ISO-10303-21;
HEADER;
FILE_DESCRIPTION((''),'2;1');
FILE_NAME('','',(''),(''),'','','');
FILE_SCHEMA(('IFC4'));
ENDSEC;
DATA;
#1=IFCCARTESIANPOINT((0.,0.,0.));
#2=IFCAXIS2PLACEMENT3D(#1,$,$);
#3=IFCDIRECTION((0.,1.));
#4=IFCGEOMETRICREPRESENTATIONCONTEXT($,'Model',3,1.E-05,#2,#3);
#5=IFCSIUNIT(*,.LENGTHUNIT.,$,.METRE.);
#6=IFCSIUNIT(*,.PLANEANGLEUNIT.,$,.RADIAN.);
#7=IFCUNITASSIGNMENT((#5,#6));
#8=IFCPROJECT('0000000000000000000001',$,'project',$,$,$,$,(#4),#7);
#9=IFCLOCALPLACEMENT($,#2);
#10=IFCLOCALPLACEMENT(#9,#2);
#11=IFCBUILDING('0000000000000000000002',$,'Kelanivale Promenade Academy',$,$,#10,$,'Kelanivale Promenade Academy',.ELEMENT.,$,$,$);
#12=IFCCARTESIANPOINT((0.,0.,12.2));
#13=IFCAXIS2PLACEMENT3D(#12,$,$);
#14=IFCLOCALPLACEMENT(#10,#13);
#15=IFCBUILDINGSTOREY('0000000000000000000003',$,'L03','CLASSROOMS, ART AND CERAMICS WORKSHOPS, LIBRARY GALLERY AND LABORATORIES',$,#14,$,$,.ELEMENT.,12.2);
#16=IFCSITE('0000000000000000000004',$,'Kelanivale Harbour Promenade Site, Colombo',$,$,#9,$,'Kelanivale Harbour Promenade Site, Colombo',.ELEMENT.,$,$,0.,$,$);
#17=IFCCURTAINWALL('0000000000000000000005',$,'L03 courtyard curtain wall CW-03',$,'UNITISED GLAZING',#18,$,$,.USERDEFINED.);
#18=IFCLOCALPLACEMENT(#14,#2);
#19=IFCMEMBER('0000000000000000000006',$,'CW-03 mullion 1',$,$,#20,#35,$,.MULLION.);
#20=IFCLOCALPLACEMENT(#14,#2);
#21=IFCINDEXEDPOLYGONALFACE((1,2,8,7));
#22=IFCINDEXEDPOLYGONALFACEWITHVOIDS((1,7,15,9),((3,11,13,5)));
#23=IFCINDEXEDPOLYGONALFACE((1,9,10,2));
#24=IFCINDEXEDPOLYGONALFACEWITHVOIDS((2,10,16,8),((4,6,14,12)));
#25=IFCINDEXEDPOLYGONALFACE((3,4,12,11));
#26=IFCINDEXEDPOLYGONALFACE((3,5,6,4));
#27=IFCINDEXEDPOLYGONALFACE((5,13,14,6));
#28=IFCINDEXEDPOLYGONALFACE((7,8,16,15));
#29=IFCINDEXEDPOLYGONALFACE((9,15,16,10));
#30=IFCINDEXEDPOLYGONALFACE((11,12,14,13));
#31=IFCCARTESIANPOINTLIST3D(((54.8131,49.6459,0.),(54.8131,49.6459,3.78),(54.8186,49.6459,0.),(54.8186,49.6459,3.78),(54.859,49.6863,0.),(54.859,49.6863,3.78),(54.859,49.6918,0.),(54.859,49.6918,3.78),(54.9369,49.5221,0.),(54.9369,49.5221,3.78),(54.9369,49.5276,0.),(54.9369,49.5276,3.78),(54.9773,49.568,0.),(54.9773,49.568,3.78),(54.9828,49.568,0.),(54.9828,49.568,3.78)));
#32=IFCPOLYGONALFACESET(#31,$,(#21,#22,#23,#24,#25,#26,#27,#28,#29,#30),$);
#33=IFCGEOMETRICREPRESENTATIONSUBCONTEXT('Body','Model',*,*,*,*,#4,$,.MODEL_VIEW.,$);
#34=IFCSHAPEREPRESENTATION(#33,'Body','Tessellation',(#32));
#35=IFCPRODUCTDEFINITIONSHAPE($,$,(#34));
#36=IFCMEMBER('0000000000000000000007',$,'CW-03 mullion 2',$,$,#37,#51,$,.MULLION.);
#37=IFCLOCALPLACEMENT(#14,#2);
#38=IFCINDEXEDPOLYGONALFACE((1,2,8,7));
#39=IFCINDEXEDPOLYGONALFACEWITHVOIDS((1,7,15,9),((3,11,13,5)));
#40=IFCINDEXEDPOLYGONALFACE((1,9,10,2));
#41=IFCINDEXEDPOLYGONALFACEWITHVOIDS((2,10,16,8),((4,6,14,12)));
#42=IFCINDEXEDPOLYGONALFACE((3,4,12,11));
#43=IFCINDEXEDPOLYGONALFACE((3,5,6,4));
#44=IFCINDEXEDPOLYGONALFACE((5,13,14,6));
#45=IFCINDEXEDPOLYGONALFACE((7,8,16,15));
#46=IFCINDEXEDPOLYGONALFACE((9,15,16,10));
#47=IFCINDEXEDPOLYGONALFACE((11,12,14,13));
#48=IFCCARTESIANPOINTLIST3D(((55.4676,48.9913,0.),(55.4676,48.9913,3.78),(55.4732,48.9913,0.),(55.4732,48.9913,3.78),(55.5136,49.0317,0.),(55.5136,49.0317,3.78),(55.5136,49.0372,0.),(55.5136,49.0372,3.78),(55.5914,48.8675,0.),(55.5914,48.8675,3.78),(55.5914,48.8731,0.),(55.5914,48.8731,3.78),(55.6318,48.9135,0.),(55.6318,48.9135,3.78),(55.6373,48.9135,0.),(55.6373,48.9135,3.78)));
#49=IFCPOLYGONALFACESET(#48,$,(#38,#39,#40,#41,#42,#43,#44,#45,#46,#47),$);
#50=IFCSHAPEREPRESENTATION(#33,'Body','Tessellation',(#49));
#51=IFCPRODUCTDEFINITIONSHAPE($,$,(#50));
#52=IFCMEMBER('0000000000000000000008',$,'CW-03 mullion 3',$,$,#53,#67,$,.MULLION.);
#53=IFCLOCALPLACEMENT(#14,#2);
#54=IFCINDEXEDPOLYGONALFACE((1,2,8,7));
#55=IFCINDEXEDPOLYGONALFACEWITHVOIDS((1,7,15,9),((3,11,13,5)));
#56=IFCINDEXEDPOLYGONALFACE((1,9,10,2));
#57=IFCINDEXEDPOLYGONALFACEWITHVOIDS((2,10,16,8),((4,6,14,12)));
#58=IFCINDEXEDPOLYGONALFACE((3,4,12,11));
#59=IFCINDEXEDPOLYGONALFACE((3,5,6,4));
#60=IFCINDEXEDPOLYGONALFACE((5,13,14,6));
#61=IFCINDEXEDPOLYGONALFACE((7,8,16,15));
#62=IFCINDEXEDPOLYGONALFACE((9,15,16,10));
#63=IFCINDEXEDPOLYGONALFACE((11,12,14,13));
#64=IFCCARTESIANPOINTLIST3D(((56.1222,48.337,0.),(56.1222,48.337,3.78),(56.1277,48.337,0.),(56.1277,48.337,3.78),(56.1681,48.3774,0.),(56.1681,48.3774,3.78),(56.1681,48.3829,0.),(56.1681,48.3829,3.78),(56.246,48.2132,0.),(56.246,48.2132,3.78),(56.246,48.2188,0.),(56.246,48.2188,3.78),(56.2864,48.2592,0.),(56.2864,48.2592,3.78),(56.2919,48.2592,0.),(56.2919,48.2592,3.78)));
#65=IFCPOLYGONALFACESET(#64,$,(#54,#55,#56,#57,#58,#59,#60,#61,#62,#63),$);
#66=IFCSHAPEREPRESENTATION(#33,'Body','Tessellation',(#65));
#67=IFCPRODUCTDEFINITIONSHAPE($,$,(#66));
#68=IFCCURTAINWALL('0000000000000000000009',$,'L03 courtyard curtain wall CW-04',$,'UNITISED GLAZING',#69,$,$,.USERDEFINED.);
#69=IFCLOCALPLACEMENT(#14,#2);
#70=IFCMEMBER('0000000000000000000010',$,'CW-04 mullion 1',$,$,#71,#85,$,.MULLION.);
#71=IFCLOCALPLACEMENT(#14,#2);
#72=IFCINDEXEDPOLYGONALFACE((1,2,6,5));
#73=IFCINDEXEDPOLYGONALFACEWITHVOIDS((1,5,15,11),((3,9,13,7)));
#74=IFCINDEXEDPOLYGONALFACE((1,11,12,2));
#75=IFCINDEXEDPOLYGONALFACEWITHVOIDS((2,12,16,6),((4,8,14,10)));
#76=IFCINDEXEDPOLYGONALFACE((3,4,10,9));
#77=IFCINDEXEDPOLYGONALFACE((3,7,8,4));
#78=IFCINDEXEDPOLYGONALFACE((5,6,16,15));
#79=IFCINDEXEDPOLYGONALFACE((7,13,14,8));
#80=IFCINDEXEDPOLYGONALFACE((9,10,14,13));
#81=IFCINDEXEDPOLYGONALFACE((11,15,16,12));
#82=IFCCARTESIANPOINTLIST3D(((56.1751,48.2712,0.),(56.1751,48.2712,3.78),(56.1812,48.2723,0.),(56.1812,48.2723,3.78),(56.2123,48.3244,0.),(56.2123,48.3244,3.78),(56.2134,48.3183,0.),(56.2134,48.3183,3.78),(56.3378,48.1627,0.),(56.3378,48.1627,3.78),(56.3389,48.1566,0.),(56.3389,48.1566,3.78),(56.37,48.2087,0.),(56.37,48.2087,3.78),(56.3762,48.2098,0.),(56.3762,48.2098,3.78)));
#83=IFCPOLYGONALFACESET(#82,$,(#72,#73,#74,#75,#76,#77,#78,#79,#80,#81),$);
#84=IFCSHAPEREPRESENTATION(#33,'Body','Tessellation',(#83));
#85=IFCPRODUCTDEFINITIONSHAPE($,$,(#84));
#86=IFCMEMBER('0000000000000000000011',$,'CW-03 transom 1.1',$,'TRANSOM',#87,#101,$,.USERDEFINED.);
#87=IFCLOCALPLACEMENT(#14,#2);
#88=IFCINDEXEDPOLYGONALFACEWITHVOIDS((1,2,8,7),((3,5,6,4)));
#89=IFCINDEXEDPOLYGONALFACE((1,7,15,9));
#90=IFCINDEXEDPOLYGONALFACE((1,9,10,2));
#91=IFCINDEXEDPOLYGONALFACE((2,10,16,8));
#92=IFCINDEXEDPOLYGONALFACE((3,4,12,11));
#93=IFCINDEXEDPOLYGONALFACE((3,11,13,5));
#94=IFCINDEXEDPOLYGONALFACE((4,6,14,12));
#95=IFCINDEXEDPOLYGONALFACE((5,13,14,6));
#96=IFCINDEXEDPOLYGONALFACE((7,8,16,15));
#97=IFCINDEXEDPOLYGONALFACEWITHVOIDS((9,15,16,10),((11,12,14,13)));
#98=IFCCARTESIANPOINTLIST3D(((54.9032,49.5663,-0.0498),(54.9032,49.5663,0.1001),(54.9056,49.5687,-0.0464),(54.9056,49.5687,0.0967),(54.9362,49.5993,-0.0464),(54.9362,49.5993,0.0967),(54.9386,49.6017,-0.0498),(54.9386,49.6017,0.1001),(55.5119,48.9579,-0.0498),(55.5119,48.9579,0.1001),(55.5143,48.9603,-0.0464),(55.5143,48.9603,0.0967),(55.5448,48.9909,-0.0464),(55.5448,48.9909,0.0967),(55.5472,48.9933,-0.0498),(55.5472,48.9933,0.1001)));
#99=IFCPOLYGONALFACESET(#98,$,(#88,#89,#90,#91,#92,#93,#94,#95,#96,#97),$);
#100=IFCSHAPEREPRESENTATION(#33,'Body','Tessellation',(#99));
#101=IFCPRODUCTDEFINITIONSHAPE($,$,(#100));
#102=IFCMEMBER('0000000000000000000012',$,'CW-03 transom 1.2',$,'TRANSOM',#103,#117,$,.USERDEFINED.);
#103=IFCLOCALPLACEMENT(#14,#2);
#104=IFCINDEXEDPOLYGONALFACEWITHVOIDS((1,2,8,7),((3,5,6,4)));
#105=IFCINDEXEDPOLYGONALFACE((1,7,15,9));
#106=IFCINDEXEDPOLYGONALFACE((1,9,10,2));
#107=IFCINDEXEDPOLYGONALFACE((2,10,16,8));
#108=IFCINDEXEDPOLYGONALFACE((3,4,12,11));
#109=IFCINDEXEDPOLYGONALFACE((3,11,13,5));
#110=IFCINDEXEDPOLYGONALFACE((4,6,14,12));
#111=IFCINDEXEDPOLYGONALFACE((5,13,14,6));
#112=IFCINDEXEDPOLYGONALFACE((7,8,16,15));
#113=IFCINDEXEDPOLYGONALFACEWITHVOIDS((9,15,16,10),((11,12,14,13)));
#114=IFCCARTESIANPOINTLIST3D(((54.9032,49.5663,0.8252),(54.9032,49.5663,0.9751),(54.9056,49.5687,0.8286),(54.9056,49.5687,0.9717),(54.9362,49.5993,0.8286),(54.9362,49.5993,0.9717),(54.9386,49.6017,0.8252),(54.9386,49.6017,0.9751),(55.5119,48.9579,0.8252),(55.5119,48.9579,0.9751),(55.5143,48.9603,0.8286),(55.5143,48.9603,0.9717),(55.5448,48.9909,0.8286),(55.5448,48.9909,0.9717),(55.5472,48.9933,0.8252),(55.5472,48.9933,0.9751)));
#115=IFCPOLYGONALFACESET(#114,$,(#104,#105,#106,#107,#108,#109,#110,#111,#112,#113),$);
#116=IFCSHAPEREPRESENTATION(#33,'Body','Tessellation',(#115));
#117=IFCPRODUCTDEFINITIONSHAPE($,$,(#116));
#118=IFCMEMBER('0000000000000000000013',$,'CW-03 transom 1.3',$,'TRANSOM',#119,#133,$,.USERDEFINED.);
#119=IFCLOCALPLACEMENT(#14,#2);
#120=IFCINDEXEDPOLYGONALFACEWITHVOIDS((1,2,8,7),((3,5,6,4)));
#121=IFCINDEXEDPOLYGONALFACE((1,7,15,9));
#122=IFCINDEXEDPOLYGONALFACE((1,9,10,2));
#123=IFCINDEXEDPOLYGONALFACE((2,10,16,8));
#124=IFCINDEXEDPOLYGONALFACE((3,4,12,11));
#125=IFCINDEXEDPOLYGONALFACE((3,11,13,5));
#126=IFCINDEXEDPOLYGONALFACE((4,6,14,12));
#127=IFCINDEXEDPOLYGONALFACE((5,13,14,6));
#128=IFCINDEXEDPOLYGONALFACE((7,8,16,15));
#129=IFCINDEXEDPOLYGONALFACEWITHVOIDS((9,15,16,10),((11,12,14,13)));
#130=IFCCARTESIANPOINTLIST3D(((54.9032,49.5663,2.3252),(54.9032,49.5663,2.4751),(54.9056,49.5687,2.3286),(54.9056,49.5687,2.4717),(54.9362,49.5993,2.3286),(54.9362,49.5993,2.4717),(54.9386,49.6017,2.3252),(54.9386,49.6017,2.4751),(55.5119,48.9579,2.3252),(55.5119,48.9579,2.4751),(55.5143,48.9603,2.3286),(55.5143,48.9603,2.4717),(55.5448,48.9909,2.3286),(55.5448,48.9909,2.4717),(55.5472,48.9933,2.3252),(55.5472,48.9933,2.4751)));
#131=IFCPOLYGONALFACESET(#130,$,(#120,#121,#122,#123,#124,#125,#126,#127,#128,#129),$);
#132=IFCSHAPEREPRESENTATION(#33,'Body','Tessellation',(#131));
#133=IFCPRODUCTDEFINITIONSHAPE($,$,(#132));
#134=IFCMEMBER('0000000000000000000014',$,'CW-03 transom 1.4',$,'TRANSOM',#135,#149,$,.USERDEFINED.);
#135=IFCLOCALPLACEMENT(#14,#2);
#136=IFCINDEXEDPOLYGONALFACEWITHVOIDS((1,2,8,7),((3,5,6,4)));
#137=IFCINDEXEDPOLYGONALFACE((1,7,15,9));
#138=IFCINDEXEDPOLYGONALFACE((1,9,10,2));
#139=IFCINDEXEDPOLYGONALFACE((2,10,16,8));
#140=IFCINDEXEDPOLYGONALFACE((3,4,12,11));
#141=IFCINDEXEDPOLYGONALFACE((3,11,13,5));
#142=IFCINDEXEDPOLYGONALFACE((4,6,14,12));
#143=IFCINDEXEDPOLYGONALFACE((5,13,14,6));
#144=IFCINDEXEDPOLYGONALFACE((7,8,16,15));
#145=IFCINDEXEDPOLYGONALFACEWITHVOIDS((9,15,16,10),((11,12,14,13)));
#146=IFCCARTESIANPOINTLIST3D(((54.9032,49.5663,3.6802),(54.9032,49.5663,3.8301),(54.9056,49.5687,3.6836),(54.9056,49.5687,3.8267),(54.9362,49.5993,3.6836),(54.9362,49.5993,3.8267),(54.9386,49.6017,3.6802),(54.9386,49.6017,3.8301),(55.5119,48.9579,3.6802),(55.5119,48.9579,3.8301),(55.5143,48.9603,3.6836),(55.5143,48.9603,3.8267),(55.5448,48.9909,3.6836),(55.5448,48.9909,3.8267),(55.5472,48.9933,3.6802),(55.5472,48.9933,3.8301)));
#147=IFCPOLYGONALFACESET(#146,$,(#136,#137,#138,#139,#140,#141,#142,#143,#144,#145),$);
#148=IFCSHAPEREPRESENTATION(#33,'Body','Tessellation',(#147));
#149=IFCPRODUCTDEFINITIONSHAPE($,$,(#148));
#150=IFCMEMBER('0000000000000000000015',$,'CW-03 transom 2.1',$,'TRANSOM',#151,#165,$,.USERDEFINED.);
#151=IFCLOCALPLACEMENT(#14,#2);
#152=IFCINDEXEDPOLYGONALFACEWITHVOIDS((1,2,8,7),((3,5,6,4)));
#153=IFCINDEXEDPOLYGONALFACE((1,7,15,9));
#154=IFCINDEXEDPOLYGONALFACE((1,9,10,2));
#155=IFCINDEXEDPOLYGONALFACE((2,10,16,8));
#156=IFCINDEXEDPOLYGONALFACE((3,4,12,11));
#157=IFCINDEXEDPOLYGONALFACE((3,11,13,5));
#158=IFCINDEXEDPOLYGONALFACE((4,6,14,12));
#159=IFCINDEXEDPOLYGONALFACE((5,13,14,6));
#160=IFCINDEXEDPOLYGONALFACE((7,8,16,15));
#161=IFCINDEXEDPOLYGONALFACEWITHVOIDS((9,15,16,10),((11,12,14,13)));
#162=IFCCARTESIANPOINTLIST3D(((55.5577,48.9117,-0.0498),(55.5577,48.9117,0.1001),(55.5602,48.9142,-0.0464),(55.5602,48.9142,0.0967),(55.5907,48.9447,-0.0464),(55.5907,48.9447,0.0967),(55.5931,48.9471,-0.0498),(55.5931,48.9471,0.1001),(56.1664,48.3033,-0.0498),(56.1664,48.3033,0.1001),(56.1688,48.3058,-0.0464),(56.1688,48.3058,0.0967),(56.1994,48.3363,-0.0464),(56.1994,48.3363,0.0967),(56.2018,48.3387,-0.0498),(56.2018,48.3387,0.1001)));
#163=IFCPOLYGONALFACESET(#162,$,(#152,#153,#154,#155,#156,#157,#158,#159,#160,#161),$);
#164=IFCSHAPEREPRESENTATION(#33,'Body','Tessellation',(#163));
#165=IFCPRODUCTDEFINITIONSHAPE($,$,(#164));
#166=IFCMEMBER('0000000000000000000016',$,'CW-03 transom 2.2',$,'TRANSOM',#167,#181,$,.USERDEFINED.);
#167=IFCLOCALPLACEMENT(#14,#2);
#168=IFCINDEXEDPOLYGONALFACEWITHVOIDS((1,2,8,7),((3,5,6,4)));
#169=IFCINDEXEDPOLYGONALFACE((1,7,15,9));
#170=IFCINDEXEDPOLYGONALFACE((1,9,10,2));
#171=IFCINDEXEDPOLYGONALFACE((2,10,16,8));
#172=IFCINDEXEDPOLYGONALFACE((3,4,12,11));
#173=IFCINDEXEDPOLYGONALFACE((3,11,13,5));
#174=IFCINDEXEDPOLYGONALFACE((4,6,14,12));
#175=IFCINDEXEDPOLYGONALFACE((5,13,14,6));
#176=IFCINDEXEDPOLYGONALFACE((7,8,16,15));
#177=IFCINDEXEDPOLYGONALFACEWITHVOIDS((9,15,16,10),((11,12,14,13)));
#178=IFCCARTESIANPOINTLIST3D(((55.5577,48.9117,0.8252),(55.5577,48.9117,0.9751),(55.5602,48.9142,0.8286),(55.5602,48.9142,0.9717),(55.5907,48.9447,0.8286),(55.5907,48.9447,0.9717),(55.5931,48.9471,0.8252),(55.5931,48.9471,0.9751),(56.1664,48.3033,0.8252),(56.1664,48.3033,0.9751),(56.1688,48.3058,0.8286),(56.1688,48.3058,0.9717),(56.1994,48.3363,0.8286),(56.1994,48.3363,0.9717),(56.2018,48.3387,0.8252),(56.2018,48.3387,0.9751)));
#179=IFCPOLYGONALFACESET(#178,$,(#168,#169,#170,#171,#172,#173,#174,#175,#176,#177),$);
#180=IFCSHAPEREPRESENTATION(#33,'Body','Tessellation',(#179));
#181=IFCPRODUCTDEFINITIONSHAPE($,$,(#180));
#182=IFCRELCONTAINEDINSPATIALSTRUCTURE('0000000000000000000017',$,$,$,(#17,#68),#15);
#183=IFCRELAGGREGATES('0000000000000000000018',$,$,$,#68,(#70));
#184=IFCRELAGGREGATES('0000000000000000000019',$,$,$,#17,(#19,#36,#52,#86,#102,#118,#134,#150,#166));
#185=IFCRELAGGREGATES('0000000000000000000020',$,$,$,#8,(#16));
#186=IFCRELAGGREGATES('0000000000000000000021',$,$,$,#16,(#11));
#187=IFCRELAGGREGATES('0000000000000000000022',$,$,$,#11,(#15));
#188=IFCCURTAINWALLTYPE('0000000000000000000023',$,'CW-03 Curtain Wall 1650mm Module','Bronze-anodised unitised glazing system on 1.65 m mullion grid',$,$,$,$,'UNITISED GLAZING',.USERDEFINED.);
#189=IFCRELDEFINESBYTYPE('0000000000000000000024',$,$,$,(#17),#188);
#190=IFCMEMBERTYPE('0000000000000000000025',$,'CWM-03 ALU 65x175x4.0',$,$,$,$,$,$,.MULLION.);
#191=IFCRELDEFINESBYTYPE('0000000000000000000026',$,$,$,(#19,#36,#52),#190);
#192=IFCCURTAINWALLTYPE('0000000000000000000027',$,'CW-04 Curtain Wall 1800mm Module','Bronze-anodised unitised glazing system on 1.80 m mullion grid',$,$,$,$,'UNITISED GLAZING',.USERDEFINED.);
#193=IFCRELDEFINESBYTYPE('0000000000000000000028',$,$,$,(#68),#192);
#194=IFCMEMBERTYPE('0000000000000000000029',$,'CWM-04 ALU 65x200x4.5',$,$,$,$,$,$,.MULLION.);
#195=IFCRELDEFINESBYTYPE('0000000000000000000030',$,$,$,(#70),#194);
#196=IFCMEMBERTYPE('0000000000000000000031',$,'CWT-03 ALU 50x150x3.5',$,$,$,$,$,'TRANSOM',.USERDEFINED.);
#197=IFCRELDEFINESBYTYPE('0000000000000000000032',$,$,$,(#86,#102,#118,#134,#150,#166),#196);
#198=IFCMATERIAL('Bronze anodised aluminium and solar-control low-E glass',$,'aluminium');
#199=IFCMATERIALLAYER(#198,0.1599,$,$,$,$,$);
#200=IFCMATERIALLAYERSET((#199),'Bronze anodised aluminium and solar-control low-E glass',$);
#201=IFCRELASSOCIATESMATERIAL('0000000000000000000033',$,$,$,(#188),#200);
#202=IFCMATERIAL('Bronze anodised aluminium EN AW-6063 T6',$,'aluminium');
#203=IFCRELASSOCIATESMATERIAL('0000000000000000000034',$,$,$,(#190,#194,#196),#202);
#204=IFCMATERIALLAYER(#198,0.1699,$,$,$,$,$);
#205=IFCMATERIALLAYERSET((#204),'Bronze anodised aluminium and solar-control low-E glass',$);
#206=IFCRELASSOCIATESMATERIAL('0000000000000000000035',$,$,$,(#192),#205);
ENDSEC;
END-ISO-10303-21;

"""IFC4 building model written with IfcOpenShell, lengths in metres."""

from ifc_helpers import new_model, si_unit, direction, frame, origin, origin_2d, place, context, subcontext, project, spatial, hollow_rectangle, extrude, material, layer, layer_set, material_profile, profile_set, type_object, element, aggregate, save


model = new_model("IFC4")

# Units and contexts
model_context = context("Model", 3, precision=1e-05, world=origin(), true_north=direction((0.0, 1.0)))
body_context = subcontext(model_context, "Body", "Model", "MODEL_VIEW")
ifc_project = project(units=[si_unit("LENGTHUNIT", "METRE"), si_unit("PLANEANGLEUNIT", "RADIAN")], contexts=[model_context])

# Site, building, storey
site_placement = place(None, origin())
site = spatial("IfcSite", under=ifc_project, at=site_placement, Name="Kelanivale Harbour Promenade Site, Colombo", LongName="Kelanivale Harbour Promenade Site, Colombo", CompositionType="ELEMENT", RefElevation=0.0)
building_placement = place(site_placement, origin())
building = spatial("IfcBuilding", under=site, at=building_placement, Name="Kelanivale Promenade Academy", LongName="Kelanivale Promenade Academy", CompositionType="ELEMENT")
storey_placement = place(building_placement, frame((0.0, 0.0, 12.2)))
storey = spatial("IfcBuildingStorey", under=building, at=storey_placement, Name="L03", Description="CLASSROOMS, ART AND CERAMICS WORKSHOPS, LIBRARY GALLERY AND LABORATORIES", CompositionType="ELEMENT", Elevation=12.2)

# Curtain wall, members
ifc_material_1 = material(Name="Bronze anodised aluminium and solar-control low-E glass", Category="aluminium")
ifc_layer_1 = layer(ifc_material_1, 0.1599)
ifc_layer_set_1 = layer_set([ifc_layer_1], Name="Bronze anodised aluminium and solar-control low-E glass")
curtain_wall_type_1 = type_object("IfcCurtainWallType", Name="CW-03 Curtain Wall 1650mm Module", Description="Bronze-anodised unitised glazing system on 1.65 m mullion grid", ElementType="UNITISED GLAZING", PredefinedType="USERDEFINED", material=ifc_layer_set_1)
curtain_wall_1_placement = place(storey_placement, origin())
curtain_wall_1 = element("IfcCurtainWall", 1, at=curtain_wall_1_placement, inside=storey, type_object=curtain_wall_type_1, Name="L03 courtyard curtain wall CW-03", ObjectType="UNITISED GLAZING", PredefinedType="USERDEFINED")
ifc_material_2 = material(Name="Bronze anodised aluminium EN AW-6063 T6", Category="aluminium")
ifc_material_profile_1 = material_profile(ifc_material_2, hollow_rectangle(XDim=0.0649, YDim=0.175, WallThickness=0.0039, at=origin_2d()), Name="ALU 65x175x4.0")
ifc_profile_set_1 = profile_set([ifc_material_profile_1], Name="Bronze anodised aluminium EN AW-6063 T6")
member_type_1 = type_object("IfcMemberType", Name="CWM-03 ALU 65x175x4.0", PredefinedType="MULLION", material=ifc_profile_set_1)
member_1_placement = place(storey_placement, frame((54.8979, 49.6069, 0.0), z_axis=(0.0, 0.0, 1.0), x_axis=(0.707107, 0.707107, 0.0)))
member_1 = element("IfcMember", 2, at=member_1_placement, type_object=member_type_1, Name="CW-03 mullion 1", PredefinedType="MULLION", context=body_context, shape_type="SweptSolid", body=[
    extrude(hollow_rectangle(XDim=0.0649, YDim=0.175, WallThickness=0.0039, at=origin_2d()), origin(), (0.0, 0.0, 1.0), 3.78),
])
member_2_placement = place(storey_placement, frame((55.5525, 48.9524, 0.0), z_axis=(0.0, 0.0, 1.0), x_axis=(0.707107, 0.707107, 0.0)))
member_2 = element("IfcMember", 3, at=member_2_placement, type_object=member_type_1, Name="CW-03 mullion 2", PredefinedType="MULLION", context=body_context, shape_type="SweptSolid", body=[
    extrude(hollow_rectangle(XDim=0.0649, YDim=0.175, WallThickness=0.0039, at=origin_2d()), origin(), (0.0, 0.0, 1.0), 3.78),
])
member_3_placement = place(storey_placement, frame((56.207, 48.2981, 0.0), z_axis=(0.0, 0.0, 1.0), x_axis=(0.707107, 0.707107, 0.0)))
member_3 = element("IfcMember", 4, at=member_3_placement, type_object=member_type_1, Name="CW-03 mullion 3", PredefinedType="MULLION", context=body_context, shape_type="SweptSolid", body=[
    extrude(hollow_rectangle(XDim=0.0649, YDim=0.175, WallThickness=0.0039, at=origin_2d()), origin(), (0.0, 0.0, 1.0), 3.78),
])

# Curtain wall, member
ifc_layer_2 = layer(ifc_material_1, 0.1699)
ifc_layer_set_2 = layer_set([ifc_layer_2], Name="Bronze anodised aluminium and solar-control low-E glass")
curtain_wall_type_2 = type_object("IfcCurtainWallType", Name="CW-04 Curtain Wall 1800mm Module", Description="Bronze-anodised unitised glazing system on 1.80 m mullion grid", ElementType="UNITISED GLAZING", PredefinedType="USERDEFINED", material=ifc_layer_set_2)
curtain_wall_2_placement = place(storey_placement, origin())
curtain_wall_2 = element("IfcCurtainWall", 5, at=curtain_wall_2_placement, inside=storey, type_object=curtain_wall_type_2, Name="L03 courtyard curtain wall CW-04", ObjectType="UNITISED GLAZING", PredefinedType="USERDEFINED")
ifc_material_profile_2 = material_profile(ifc_material_2, hollow_rectangle(XDim=0.0649, YDim=0.2, WallThickness=0.0044, at=origin_2d()), Name="ALU 65x200x4.5")
ifc_profile_set_2 = profile_set([ifc_material_profile_2], Name="Bronze anodised aluminium EN AW-6063 T6")
member_type_2 = type_object("IfcMemberType", Name="CWM-04 ALU 65x200x4.5", PredefinedType="MULLION", material=ifc_profile_set_2)
member_4_placement = place(storey_placement, frame((56.2756, 48.2405, 0.0), z_axis=(0.0, 0.0, 1.0), x_axis=(0.573357, 0.819306, 0.0)))
member_4 = element("IfcMember", 6, at=member_4_placement, type_object=member_type_2, Name="CW-04 mullion 1", PredefinedType="MULLION", context=body_context, shape_type="SweptSolid", body=[
    extrude(hollow_rectangle(XDim=0.0649, YDim=0.2, WallThickness=0.0044, at=origin_2d()), origin(), (0.0, 0.0, 1.0), 3.78),
])

# Members
ifc_material_profile_3 = material_profile(ifc_material_2, hollow_rectangle(XDim=0.05, YDim=0.1499, WallThickness=0.0034, at=origin_2d()), Name="ALU 50x150x3.5")
ifc_profile_set_3 = profile_set([ifc_material_profile_3], Name="Bronze anodised aluminium EN AW-6063 T6")
member_type_3 = type_object("IfcMemberType", Name="CWT-03 ALU 50x150x3.5", ElementType="TRANSOM", PredefinedType="USERDEFINED", material=ifc_profile_set_3)
member_5_placement = place(storey_placement, frame((54.9209, 49.584, 0.0251), z_axis=(0.707249, -0.706965, 0.0), x_axis=(0.706965, 0.707249, 0.0)))
member_5 = element("IfcMember", 7, at=member_5_placement, type_object=member_type_3, Name="CW-03 transom 1.1", ObjectType="TRANSOM", PredefinedType="USERDEFINED", context=body_context, shape_type="SweptSolid", body=[
    extrude(hollow_rectangle(XDim=0.05, YDim=0.1499, WallThickness=0.0034, at=origin_2d()), origin(), (0.0, 0.0, 1.0), 0.8606),
])
member_6_placement = place(storey_placement, frame((54.9209, 49.584, 0.9001), z_axis=(0.707249, -0.706965, 0.0), x_axis=(0.706965, 0.707249, 0.0)))
member_6 = element("IfcMember", 8, at=member_6_placement, type_object=member_type_3, Name="CW-03 transom 1.2", ObjectType="TRANSOM", PredefinedType="USERDEFINED", context=body_context, shape_type="SweptSolid", body=[
    extrude(hollow_rectangle(XDim=0.05, YDim=0.1499, WallThickness=0.0034, at=origin_2d()), origin(), (0.0, 0.0, 1.0), 0.8606),
])
member_7_placement = place(storey_placement, frame((54.9209, 49.584, 2.4001), z_axis=(0.707249, -0.706965, 0.0), x_axis=(0.706965, 0.707249, 0.0)))
member_7 = element("IfcMember", 9, at=member_7_placement, type_object=member_type_3, Name="CW-03 transom 1.3", ObjectType="TRANSOM", PredefinedType="USERDEFINED", context=body_context, shape_type="SweptSolid", body=[
    extrude(hollow_rectangle(XDim=0.05, YDim=0.1499, WallThickness=0.0034, at=origin_2d()), origin(), (0.0, 0.0, 1.0), 0.8606),
])
member_8_placement = place(storey_placement, frame((54.9209, 49.584, 3.7551), z_axis=(0.707249, -0.706965, 0.0), x_axis=(0.706965, 0.707249, 0.0)))
member_8 = element("IfcMember", 10, at=member_8_placement, type_object=member_type_3, Name="CW-03 transom 1.4", ObjectType="TRANSOM", PredefinedType="USERDEFINED", context=body_context, shape_type="SweptSolid", body=[
    extrude(hollow_rectangle(XDim=0.05, YDim=0.1499, WallThickness=0.0034, at=origin_2d()), origin(), (0.0, 0.0, 1.0), 0.8606),
])
member_9_placement = place(storey_placement, frame((55.5754, 48.9294, 0.0251), z_axis=(0.707249, -0.706965, 0.0), x_axis=(0.706965, 0.707249, 0.0)))
member_9 = element("IfcMember", 11, at=member_9_placement, type_object=member_type_3, Name="CW-03 transom 2.1", ObjectType="TRANSOM", PredefinedType="USERDEFINED", context=body_context, shape_type="SweptSolid", body=[
    extrude(hollow_rectangle(XDim=0.05, YDim=0.1499, WallThickness=0.0034, at=origin_2d()), origin(), (0.0, 0.0, 1.0), 0.8606),
])
member_10_placement = place(storey_placement, frame((55.5754, 48.9294, 0.9001), z_axis=(0.707249, -0.706965, 0.0), x_axis=(0.706965, 0.707249, 0.0)))
member_10 = element("IfcMember", 12, at=member_10_placement, type_object=member_type_3, Name="CW-03 transom 2.2", ObjectType="TRANSOM", PredefinedType="USERDEFINED", context=body_context, shape_type="SweptSolid", body=[
    extrude(hollow_rectangle(XDim=0.05, YDim=0.1499, WallThickness=0.0034, at=origin_2d()), origin(), (0.0, 0.0, 1.0), 0.8606),
])
aggregate(curtain_wall_2, [member_4])

aggregate(curtain_wall_1, [member_1, member_2, member_3, member_5, member_6, member_7, member_8, member_9, member_10])

save(model, "model.ifc")
